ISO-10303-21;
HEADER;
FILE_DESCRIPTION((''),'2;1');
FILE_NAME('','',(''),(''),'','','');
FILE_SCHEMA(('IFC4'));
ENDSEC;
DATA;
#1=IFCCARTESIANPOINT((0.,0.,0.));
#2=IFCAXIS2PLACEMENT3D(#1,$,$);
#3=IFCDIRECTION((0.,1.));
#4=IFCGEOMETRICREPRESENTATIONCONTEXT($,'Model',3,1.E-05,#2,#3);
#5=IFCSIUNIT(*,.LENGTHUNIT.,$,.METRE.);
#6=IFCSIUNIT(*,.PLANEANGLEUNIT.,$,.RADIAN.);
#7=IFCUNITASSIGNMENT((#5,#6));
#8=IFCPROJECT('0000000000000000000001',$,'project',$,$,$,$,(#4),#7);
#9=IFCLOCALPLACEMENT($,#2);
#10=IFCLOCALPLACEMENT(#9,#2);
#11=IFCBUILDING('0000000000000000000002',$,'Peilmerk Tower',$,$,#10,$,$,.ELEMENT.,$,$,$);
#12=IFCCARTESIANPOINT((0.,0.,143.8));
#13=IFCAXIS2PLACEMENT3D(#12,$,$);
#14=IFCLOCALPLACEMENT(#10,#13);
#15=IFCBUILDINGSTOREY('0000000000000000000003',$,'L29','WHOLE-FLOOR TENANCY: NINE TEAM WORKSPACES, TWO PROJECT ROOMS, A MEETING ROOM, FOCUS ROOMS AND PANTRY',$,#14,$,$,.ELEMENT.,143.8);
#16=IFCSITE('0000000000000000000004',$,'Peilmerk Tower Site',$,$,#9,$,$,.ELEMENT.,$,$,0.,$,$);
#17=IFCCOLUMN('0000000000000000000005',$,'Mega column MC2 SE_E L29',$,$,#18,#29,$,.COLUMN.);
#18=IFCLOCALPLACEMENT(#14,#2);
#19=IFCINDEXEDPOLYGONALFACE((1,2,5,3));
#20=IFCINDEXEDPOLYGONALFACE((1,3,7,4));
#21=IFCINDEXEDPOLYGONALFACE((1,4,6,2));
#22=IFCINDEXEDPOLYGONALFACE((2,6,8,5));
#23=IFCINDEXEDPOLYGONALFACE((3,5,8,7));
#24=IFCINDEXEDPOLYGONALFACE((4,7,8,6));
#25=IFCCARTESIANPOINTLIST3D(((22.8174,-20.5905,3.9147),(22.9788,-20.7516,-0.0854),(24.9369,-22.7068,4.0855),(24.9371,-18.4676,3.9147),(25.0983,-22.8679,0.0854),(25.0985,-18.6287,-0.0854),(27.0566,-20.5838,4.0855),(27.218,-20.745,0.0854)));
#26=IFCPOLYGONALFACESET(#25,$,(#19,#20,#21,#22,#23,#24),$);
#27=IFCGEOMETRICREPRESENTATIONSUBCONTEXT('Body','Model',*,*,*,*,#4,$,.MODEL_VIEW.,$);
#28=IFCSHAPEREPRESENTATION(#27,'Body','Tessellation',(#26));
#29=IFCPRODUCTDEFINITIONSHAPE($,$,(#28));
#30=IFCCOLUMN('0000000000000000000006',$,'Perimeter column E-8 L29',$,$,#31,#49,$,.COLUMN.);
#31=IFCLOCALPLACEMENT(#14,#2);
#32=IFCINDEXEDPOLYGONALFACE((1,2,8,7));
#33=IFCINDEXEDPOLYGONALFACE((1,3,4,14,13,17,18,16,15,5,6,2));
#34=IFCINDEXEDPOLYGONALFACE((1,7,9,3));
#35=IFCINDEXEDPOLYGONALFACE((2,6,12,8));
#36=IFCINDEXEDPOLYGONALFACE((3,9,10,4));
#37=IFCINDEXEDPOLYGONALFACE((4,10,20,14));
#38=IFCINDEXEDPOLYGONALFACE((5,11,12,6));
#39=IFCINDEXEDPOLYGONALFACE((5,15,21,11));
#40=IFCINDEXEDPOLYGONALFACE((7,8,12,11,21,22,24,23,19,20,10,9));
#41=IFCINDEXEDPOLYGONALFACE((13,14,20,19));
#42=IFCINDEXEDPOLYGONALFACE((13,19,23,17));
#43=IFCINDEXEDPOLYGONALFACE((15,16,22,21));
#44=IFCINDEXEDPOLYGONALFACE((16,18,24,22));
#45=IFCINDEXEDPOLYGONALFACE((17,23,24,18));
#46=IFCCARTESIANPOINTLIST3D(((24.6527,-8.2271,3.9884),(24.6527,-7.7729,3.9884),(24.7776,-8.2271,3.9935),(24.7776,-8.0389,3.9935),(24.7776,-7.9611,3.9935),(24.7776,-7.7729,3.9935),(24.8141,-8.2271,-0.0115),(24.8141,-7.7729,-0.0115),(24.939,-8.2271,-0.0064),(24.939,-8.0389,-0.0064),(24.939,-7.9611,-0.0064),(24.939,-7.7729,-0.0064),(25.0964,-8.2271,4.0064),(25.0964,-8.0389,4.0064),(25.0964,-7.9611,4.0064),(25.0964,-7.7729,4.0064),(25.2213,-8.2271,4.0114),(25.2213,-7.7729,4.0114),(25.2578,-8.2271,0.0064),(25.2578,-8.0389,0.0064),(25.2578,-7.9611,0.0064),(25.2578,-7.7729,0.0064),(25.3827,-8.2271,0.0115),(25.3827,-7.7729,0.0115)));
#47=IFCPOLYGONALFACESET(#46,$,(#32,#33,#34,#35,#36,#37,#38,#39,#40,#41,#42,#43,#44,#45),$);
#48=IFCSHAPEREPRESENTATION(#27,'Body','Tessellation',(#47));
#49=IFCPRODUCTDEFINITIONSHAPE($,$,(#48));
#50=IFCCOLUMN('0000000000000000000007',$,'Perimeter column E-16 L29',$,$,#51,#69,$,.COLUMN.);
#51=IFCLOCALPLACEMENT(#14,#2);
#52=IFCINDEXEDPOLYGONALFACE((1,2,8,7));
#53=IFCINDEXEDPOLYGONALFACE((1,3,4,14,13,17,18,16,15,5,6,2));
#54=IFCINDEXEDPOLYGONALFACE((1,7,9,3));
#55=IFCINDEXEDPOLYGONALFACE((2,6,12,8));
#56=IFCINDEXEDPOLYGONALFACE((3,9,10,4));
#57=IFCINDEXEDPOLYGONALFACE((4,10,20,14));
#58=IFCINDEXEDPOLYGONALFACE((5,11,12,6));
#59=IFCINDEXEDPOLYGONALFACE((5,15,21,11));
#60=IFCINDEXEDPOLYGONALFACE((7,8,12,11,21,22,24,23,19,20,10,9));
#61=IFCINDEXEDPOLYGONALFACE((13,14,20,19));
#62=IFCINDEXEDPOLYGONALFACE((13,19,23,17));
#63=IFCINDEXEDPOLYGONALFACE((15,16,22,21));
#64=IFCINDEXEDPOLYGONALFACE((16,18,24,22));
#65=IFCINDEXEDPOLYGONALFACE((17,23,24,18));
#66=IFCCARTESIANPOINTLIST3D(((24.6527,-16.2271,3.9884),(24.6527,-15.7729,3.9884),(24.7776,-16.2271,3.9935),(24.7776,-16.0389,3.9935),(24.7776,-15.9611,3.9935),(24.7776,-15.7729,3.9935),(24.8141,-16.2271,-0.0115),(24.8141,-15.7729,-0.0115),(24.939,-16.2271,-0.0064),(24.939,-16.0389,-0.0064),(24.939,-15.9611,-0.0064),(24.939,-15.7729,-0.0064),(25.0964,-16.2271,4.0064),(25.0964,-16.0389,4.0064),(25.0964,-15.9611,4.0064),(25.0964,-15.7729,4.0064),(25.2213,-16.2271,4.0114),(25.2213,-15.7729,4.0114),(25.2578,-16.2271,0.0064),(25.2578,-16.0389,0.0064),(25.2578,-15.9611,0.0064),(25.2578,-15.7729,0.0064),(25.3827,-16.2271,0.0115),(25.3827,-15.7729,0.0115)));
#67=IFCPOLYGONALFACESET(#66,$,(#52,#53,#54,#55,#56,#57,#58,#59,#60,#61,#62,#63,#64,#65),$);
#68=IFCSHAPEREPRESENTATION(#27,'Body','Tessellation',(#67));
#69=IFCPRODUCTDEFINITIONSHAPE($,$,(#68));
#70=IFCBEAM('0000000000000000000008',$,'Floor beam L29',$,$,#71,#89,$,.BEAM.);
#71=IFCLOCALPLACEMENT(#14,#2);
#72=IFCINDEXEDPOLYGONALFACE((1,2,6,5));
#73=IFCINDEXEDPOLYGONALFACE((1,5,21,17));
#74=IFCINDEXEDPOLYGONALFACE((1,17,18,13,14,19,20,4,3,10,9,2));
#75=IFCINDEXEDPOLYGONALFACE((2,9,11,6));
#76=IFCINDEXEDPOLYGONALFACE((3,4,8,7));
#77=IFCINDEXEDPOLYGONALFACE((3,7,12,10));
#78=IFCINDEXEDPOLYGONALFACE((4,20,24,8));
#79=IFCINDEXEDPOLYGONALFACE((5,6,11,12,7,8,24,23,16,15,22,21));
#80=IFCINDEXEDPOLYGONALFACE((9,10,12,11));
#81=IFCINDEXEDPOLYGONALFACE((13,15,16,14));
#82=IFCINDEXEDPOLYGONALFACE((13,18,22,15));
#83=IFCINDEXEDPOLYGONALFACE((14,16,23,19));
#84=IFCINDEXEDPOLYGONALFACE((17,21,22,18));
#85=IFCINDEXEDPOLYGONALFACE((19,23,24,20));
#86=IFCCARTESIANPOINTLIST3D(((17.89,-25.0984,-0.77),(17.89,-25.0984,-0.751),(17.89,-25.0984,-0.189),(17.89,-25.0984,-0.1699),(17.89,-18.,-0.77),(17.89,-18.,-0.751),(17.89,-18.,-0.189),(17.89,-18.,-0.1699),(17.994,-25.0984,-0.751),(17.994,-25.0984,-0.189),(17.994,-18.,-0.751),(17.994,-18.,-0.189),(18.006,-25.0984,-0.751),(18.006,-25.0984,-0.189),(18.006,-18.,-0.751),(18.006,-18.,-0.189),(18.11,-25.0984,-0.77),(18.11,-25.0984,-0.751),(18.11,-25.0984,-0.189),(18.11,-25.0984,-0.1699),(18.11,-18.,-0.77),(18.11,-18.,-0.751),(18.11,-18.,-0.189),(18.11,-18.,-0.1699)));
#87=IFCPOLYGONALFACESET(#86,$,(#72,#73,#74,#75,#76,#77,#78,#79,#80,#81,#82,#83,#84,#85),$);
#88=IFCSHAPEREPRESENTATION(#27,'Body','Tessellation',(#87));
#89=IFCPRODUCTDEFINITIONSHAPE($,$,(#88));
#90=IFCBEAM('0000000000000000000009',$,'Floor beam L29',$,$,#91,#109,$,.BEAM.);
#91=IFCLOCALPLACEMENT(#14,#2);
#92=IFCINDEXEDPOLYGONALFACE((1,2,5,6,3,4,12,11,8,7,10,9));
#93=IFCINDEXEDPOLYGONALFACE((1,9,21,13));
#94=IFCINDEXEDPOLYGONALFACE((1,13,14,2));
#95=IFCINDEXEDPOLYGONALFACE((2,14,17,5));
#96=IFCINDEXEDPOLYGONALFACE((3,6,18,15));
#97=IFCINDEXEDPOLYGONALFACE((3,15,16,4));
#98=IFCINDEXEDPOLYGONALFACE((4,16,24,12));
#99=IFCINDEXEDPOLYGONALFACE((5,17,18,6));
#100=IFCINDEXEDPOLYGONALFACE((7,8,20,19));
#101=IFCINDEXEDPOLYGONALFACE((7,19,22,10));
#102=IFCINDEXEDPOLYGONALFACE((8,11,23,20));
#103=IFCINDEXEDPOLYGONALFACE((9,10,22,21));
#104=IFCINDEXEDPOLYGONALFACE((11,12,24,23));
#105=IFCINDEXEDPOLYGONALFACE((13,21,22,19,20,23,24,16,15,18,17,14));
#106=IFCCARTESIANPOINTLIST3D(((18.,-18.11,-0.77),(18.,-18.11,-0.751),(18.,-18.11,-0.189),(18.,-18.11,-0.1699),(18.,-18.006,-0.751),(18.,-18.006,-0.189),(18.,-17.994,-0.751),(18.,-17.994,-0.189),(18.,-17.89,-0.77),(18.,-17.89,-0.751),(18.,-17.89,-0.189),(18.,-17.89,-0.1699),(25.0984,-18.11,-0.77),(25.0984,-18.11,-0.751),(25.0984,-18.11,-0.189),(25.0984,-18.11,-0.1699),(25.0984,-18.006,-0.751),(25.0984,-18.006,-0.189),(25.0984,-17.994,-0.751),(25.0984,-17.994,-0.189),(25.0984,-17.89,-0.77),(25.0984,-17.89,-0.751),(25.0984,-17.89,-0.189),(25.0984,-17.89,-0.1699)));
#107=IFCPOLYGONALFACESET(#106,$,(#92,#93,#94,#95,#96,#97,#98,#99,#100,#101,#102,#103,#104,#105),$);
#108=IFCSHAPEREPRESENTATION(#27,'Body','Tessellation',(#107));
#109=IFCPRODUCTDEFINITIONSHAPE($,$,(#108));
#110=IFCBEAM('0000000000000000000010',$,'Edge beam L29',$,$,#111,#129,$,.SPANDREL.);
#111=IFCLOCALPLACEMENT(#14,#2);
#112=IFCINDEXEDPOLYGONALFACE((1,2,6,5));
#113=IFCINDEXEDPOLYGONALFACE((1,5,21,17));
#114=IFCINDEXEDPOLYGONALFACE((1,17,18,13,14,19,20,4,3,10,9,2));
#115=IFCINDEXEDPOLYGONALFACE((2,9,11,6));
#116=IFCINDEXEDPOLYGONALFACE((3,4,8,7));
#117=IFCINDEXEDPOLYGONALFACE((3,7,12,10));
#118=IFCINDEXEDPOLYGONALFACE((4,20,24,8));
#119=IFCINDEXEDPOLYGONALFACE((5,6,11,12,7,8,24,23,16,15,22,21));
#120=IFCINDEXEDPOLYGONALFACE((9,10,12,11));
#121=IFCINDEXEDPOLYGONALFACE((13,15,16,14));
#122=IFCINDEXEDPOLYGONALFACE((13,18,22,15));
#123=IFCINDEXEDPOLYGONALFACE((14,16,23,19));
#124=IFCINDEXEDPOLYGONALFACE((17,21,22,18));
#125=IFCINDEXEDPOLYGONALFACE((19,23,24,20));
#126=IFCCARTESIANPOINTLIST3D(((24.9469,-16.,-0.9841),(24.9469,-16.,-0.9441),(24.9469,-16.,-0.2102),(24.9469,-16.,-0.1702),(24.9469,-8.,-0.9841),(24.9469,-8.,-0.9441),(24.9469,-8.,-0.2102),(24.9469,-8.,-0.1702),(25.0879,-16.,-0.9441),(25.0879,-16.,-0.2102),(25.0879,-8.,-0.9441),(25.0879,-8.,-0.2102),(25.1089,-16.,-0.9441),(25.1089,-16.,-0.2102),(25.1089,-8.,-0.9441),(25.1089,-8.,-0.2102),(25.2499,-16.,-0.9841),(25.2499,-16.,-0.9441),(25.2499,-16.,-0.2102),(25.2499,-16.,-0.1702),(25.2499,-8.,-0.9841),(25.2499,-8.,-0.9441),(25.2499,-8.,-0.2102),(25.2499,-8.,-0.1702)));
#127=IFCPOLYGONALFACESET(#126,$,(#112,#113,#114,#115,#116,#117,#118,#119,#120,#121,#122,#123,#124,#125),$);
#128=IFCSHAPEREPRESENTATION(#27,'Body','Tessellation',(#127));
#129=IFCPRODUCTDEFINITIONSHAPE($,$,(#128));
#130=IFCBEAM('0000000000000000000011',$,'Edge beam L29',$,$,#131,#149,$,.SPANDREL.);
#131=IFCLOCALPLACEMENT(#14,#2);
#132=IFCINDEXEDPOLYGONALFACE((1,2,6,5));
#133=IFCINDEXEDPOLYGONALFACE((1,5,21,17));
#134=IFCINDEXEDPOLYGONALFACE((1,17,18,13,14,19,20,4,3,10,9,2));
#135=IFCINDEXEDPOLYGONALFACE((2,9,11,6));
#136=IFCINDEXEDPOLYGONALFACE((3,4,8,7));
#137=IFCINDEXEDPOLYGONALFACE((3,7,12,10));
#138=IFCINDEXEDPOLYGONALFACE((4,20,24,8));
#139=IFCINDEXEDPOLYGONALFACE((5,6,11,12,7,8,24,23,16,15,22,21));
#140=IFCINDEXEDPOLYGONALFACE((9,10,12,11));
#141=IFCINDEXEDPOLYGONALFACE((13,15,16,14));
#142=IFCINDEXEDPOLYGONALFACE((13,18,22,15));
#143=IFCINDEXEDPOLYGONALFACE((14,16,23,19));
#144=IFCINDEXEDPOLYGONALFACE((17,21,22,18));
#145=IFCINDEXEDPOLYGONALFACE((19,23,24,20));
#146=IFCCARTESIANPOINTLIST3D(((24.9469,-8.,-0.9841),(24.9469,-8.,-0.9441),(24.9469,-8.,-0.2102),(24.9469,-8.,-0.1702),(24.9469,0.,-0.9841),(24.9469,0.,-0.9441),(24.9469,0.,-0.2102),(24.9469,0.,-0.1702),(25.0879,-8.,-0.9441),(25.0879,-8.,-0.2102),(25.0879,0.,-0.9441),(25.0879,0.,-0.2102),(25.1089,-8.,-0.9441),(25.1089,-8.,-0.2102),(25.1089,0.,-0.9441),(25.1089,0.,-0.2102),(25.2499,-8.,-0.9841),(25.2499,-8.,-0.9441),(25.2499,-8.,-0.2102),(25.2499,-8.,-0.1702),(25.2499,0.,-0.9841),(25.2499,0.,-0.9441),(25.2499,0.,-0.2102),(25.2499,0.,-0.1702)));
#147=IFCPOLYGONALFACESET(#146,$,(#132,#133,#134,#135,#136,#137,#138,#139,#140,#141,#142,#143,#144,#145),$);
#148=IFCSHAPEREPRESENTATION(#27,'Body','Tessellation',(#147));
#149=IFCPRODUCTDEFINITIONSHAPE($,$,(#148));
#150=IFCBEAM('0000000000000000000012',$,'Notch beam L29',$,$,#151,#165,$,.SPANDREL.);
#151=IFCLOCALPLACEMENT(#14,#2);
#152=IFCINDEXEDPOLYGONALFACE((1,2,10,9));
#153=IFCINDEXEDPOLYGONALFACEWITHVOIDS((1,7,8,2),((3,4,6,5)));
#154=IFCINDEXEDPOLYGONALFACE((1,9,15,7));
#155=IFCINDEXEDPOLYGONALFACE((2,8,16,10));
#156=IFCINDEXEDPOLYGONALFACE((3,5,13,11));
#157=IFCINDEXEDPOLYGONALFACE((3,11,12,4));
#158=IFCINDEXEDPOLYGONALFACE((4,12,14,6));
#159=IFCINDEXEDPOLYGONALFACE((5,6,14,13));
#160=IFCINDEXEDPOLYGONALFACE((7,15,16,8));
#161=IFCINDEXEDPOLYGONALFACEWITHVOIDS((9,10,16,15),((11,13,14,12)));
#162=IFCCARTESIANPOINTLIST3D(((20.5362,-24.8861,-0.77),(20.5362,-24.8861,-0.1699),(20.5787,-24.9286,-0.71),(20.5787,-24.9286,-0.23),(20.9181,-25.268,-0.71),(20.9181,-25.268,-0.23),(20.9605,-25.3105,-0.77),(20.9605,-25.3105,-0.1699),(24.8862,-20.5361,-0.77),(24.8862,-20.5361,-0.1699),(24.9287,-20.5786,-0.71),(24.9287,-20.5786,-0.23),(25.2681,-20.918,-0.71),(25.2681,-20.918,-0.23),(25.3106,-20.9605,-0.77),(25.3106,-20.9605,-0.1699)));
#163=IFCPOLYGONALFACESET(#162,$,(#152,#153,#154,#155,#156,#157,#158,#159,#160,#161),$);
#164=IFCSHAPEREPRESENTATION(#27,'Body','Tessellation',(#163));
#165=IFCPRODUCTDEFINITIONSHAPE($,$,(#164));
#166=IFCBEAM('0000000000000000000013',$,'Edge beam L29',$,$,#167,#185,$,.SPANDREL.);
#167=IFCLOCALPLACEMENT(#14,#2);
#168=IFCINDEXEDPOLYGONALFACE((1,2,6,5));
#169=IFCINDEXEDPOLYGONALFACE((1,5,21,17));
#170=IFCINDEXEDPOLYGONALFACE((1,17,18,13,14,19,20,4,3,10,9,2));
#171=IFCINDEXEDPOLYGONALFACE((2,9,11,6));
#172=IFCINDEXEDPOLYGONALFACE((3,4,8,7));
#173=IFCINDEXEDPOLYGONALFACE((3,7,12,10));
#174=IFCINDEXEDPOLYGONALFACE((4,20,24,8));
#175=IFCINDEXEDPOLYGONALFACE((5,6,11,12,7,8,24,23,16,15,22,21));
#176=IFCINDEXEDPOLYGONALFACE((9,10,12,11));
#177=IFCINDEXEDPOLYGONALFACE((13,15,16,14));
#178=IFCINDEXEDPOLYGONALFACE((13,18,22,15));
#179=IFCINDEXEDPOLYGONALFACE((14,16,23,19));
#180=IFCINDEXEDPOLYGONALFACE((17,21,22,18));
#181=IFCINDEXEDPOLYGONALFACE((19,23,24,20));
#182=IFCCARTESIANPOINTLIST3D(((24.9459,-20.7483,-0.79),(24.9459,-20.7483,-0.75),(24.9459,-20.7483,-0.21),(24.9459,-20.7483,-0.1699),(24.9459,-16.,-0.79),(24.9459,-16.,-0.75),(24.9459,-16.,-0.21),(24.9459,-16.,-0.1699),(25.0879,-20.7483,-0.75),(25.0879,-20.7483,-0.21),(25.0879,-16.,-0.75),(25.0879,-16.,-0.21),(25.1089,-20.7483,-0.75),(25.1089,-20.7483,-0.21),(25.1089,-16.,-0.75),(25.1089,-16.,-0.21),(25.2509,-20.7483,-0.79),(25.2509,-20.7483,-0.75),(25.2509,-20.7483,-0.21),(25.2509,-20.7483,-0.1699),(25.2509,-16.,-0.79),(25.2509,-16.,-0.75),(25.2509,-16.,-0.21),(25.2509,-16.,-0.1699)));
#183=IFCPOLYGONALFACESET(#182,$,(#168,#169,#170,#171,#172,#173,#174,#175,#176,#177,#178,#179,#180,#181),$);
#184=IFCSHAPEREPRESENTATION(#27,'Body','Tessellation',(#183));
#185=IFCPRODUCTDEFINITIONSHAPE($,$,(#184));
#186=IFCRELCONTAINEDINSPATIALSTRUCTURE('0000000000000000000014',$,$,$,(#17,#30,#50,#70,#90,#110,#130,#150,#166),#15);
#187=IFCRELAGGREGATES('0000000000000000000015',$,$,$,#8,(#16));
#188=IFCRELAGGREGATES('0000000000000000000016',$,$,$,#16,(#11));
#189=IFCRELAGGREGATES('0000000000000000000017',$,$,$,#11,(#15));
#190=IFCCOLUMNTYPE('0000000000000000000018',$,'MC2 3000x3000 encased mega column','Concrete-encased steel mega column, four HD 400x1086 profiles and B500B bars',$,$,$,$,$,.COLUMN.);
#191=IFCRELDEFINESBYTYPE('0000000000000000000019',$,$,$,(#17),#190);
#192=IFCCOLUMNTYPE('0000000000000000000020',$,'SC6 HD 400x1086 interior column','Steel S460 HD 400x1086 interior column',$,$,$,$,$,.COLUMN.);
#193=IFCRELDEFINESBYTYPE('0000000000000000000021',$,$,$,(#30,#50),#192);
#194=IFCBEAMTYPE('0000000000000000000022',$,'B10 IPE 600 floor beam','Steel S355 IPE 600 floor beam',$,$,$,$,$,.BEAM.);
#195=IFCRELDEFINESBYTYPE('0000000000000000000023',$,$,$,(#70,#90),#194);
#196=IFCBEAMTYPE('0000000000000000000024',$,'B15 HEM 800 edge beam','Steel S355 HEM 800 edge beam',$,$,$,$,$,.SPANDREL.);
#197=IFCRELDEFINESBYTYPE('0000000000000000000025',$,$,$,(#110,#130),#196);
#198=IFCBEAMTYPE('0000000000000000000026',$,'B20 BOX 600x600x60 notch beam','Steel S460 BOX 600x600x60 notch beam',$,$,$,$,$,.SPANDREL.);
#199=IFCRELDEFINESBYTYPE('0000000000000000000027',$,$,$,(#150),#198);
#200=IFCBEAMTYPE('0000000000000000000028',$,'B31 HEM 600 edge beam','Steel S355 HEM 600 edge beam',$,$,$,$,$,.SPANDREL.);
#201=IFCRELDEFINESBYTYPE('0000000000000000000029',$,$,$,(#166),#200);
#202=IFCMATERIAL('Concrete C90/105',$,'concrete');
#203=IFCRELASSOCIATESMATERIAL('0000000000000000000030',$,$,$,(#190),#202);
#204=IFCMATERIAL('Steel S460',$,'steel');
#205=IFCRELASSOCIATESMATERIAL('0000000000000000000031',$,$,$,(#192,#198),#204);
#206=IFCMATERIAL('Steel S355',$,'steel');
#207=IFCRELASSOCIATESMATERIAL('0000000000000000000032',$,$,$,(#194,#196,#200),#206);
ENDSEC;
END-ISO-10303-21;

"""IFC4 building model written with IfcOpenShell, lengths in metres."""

from ifc_helpers import new_model, si_unit, direction, frame, origin, origin_2d, place, context, subcontext, project, spatial, rectangle, hollow_rectangle, i_section, extrude, material, material_profile, profile_set, type_object, element, save


model = new_model("IFC4")

# Units and contexts
model_context = context("Model", 3, precision=1e-05, world=origin(), true_north=direction((0.0, 1.0)))
body_context = subcontext(model_context, "Body", "Model", "MODEL_VIEW")
ifc_project = project(units=[si_unit("LENGTHUNIT", "METRE"), si_unit("PLANEANGLEUNIT", "RADIAN")], contexts=[model_context])

# Site, building, storey
site_placement = place(None, origin())
site = spatial("IfcSite", under=ifc_project, at=site_placement, Name="Peilmerk Tower Site", CompositionType="ELEMENT", RefElevation=0.0)
building_placement = place(site_placement, origin())
building = spatial("IfcBuilding", under=site, at=building_placement, Name="Peilmerk Tower", CompositionType="ELEMENT")
storey_placement = place(building_placement, frame((0.0, 0.0, 143.8)))
storey = spatial("IfcBuildingStorey", under=building, at=storey_placement, Name="L29", Description="WHOLE-FLOOR TENANCY: NINE TEAM WORKSPACES, TWO PROJECT ROOMS, A MEETING ROOM, FOCUS ROOMS AND PANTRY", CompositionType="ELEMENT", Elevation=143.8)

# Columns
ifc_material_1 = material(Name="Concrete C90/105", Category="concrete")
ifc_material_profile_1 = material_profile(ifc_material_1, rectangle(XDim=3.0, YDim=3.0, at=origin_2d()), Name="RC 3000x3000")
ifc_profile_set_1 = profile_set([ifc_material_profile_1], Name="Concrete C90/105")
column_type_1 = type_object("IfcColumnType", Name="MC2 3000x3000 encased mega column", Description="Concrete-encased steel mega column, four HD 400x1086 profiles and B500B bars", PredefinedType="COLUMN", material=ifc_profile_set_1)
column_placement = place(storey_placement, frame((25.0984, -20.7483, 0.0), z_axis=(-0.040279, 0.040218, 0.998379), x_axis=(-0.706571, -0.707642, 0.0)))
element("IfcColumn", 1, at=column_placement, inside=storey, type_object=column_type_1, Name="Mega column MC2 SE_E L29", PredefinedType="COLUMN", context=body_context, shape_type="SweptSolid", body=[
    extrude(rectangle(XDim=3.0, YDim=3.0, at=origin_2d()), origin(), (0.0, 0.0, 1.0), 4.0066),
])
ifc_material_2 = material(Name="Steel S460", Category="steel")
ifc_material_profile_2 = material_profile(ifc_material_2, i_section(OverallWidth=0.4541, OverallDepth=0.5691, WebThickness=0.0779, FlangeThickness=0.125, at=origin_2d()), Name="HD 400x1086")
ifc_profile_set_2 = profile_set([ifc_material_profile_2], Name="Steel S460")
column_type_2 = type_object("IfcColumnType", Name="SC6 HD 400x1086 interior column", Description="Steel S460 HD 400x1086 interior column", PredefinedType="COLUMN", material=ifc_profile_set_2)
for number, where, z_axis, x_axis, name in (
    (2, (25.0984, -8.0, 0.0), (-0.040311, 0.0, 0.999187), (0.0, -1.0, 0.0), "Perimeter column E-8 L29"),
    (3, (25.0984, -16.0, 0.0), (-0.040311, 0.0, 0.999187), (0.0, -1.0, 0.0), "Perimeter column E-16 L29"),
):
    element("IfcColumn", number, at=place(storey_placement, frame(where, z_axis=z_axis, x_axis=x_axis)), inside=storey, type_object=column_type_2, Name=name, PredefinedType="COLUMN", context=body_context, shape_type="SweptSolid", body=[
        extrude(i_section(OverallWidth=0.4541, OverallDepth=0.5691, WebThickness=0.0779, FlangeThickness=0.125, at=origin_2d()), origin(), (0.0, 0.0, 1.0), 4.0032),
    ])

# Beams
ifc_material_3 = material(Name="Steel S355", Category="steel")
ifc_material_profile_3 = material_profile(ifc_material_3, i_section(OverallWidth=0.22, OverallDepth=0.6001, WebThickness=0.012, FlangeThickness=0.019, at=origin_2d()), Name="IPE 600")
ifc_profile_set_3 = profile_set([ifc_material_profile_3], Name="Steel S355")
beam_type_1 = type_object("IfcBeamType", Name="B10 IPE 600 floor beam", Description="Steel S355 IPE 600 floor beam", PredefinedType="BEAM", material=ifc_profile_set_3)
for number, where, z_axis, x_axis, name in (
    (4, (18.0, -18.0, -0.47), (0.0, -1.0, 0.0), (1.0, 0.0, 0.0), "Floor beam L29"),
    (5, (18.0, -18.0, -0.47), (1.0, 0.0, 0.0), (0.0, 1.0, 0.0), "Floor beam L29"),
):
    element("IfcBeam", number, at=place(storey_placement, frame(where, z_axis=z_axis, x_axis=x_axis)), inside=storey, type_object=beam_type_1, Name=name, PredefinedType="BEAM", context=body_context, shape_type="SweptSolid", body=[
        extrude(i_section(OverallWidth=0.22, OverallDepth=0.6001, WebThickness=0.012, FlangeThickness=0.019, at=origin_2d()), origin(), (0.0, 0.0, 1.0), 7.0984),
    ])
ifc_material_profile_4 = material_profile(ifc_material_3, i_section(OverallWidth=0.303, OverallDepth=0.814, WebThickness=0.021, FlangeThickness=0.04, at=origin_2d()), Name="HEM 800")
ifc_profile_set_4 = profile_set([ifc_material_profile_4], Name="Steel S355")
beam_type_2 = type_object("IfcBeamType", Name="B15 HEM 800 edge beam", Description="Steel S355 HEM 800 edge beam", PredefinedType="SPANDREL", material=ifc_profile_set_4)
for number, where, z_axis, x_axis, name in (
    (6, (25.0984, -16.0, -0.5771), (0.0, 1.0, 0.0), (-1.0, 0.0, 0.0), "Edge beam L29"),
    (7, (25.0984, -8.0, -0.5771), (0.0, 1.0, 0.0), (-1.0, 0.0, 0.0), "Edge beam L29"),
):
    element("IfcBeam", number, at=place(storey_placement, frame(where, z_axis=z_axis, x_axis=x_axis)), inside=storey, type_object=beam_type_2, Name=name, PredefinedType="SPANDREL", context=body_context, shape_type="SweptSolid", body=[
        extrude(i_section(OverallWidth=0.303, OverallDepth=0.814, WebThickness=0.021, FlangeThickness=0.04, at=origin_2d()), origin(), (0.0, 0.0, 1.0), 8.0),
    ])
ifc_material_profile_5 = material_profile(ifc_material_2, hollow_rectangle(XDim=0.6001, YDim=0.6001, WallThickness=0.0601, at=origin_2d()), Name="BOX 600x600x60")
ifc_profile_set_5 = profile_set([ifc_material_profile_5], Name="Steel S460")
beam_type_3 = type_object("IfcBeamType", Name="B20 BOX 600x600x60 notch beam", Description="Steel S460 BOX 600x600x60 notch beam", PredefinedType="SPANDREL", material=ifc_profile_set_5)
beam_1_placement = place(storey_placement, frame((25.0984, -20.7483, -0.47), z_axis=(-0.707107, -0.707107, 0.0), x_axis=(0.707107, -0.707107, 0.0)))
element("IfcBeam", 8, at=beam_1_placement, inside=storey, type_object=beam_type_3, Name="Notch beam L29", PredefinedType="SPANDREL", context=body_context, shape_type="SweptSolid", body=[
    extrude(hollow_rectangle(XDim=0.6001, YDim=0.6001, WallThickness=0.0601, at=origin_2d()), origin(), (0.0, 0.0, 1.0), 6.1519),
])
ifc_material_profile_6 = material_profile(ifc_material_3, i_section(OverallWidth=0.3049, OverallDepth=0.6201, WebThickness=0.021, FlangeThickness=0.04, at=origin_2d()), Name="HEM 600")
ifc_profile_set_6 = profile_set([ifc_material_profile_6], Name="Steel S355")
beam_type_4 = type_object("IfcBeamType", Name="B31 HEM 600 edge beam", Description="Steel S355 HEM 600 edge beam", PredefinedType="SPANDREL", material=ifc_profile_set_6)
beam_2_placement = place(storey_placement, frame((25.0984, -20.7483, -0.48), z_axis=(0.0, 1.0, 0.0), x_axis=(-1.0, 0.0, 0.0)))
element("IfcBeam", 9, at=beam_2_placement, inside=storey, type_object=beam_type_4, Name="Edge beam L29", PredefinedType="SPANDREL", context=body_context, shape_type="SweptSolid", body=[
    extrude(i_section(OverallWidth=0.3049, OverallDepth=0.6201, WebThickness=0.021, FlangeThickness=0.04, at=origin_2d()), origin(), (0.0, 0.0, 1.0), 4.7483),
])

save(model, "model.ifc")
